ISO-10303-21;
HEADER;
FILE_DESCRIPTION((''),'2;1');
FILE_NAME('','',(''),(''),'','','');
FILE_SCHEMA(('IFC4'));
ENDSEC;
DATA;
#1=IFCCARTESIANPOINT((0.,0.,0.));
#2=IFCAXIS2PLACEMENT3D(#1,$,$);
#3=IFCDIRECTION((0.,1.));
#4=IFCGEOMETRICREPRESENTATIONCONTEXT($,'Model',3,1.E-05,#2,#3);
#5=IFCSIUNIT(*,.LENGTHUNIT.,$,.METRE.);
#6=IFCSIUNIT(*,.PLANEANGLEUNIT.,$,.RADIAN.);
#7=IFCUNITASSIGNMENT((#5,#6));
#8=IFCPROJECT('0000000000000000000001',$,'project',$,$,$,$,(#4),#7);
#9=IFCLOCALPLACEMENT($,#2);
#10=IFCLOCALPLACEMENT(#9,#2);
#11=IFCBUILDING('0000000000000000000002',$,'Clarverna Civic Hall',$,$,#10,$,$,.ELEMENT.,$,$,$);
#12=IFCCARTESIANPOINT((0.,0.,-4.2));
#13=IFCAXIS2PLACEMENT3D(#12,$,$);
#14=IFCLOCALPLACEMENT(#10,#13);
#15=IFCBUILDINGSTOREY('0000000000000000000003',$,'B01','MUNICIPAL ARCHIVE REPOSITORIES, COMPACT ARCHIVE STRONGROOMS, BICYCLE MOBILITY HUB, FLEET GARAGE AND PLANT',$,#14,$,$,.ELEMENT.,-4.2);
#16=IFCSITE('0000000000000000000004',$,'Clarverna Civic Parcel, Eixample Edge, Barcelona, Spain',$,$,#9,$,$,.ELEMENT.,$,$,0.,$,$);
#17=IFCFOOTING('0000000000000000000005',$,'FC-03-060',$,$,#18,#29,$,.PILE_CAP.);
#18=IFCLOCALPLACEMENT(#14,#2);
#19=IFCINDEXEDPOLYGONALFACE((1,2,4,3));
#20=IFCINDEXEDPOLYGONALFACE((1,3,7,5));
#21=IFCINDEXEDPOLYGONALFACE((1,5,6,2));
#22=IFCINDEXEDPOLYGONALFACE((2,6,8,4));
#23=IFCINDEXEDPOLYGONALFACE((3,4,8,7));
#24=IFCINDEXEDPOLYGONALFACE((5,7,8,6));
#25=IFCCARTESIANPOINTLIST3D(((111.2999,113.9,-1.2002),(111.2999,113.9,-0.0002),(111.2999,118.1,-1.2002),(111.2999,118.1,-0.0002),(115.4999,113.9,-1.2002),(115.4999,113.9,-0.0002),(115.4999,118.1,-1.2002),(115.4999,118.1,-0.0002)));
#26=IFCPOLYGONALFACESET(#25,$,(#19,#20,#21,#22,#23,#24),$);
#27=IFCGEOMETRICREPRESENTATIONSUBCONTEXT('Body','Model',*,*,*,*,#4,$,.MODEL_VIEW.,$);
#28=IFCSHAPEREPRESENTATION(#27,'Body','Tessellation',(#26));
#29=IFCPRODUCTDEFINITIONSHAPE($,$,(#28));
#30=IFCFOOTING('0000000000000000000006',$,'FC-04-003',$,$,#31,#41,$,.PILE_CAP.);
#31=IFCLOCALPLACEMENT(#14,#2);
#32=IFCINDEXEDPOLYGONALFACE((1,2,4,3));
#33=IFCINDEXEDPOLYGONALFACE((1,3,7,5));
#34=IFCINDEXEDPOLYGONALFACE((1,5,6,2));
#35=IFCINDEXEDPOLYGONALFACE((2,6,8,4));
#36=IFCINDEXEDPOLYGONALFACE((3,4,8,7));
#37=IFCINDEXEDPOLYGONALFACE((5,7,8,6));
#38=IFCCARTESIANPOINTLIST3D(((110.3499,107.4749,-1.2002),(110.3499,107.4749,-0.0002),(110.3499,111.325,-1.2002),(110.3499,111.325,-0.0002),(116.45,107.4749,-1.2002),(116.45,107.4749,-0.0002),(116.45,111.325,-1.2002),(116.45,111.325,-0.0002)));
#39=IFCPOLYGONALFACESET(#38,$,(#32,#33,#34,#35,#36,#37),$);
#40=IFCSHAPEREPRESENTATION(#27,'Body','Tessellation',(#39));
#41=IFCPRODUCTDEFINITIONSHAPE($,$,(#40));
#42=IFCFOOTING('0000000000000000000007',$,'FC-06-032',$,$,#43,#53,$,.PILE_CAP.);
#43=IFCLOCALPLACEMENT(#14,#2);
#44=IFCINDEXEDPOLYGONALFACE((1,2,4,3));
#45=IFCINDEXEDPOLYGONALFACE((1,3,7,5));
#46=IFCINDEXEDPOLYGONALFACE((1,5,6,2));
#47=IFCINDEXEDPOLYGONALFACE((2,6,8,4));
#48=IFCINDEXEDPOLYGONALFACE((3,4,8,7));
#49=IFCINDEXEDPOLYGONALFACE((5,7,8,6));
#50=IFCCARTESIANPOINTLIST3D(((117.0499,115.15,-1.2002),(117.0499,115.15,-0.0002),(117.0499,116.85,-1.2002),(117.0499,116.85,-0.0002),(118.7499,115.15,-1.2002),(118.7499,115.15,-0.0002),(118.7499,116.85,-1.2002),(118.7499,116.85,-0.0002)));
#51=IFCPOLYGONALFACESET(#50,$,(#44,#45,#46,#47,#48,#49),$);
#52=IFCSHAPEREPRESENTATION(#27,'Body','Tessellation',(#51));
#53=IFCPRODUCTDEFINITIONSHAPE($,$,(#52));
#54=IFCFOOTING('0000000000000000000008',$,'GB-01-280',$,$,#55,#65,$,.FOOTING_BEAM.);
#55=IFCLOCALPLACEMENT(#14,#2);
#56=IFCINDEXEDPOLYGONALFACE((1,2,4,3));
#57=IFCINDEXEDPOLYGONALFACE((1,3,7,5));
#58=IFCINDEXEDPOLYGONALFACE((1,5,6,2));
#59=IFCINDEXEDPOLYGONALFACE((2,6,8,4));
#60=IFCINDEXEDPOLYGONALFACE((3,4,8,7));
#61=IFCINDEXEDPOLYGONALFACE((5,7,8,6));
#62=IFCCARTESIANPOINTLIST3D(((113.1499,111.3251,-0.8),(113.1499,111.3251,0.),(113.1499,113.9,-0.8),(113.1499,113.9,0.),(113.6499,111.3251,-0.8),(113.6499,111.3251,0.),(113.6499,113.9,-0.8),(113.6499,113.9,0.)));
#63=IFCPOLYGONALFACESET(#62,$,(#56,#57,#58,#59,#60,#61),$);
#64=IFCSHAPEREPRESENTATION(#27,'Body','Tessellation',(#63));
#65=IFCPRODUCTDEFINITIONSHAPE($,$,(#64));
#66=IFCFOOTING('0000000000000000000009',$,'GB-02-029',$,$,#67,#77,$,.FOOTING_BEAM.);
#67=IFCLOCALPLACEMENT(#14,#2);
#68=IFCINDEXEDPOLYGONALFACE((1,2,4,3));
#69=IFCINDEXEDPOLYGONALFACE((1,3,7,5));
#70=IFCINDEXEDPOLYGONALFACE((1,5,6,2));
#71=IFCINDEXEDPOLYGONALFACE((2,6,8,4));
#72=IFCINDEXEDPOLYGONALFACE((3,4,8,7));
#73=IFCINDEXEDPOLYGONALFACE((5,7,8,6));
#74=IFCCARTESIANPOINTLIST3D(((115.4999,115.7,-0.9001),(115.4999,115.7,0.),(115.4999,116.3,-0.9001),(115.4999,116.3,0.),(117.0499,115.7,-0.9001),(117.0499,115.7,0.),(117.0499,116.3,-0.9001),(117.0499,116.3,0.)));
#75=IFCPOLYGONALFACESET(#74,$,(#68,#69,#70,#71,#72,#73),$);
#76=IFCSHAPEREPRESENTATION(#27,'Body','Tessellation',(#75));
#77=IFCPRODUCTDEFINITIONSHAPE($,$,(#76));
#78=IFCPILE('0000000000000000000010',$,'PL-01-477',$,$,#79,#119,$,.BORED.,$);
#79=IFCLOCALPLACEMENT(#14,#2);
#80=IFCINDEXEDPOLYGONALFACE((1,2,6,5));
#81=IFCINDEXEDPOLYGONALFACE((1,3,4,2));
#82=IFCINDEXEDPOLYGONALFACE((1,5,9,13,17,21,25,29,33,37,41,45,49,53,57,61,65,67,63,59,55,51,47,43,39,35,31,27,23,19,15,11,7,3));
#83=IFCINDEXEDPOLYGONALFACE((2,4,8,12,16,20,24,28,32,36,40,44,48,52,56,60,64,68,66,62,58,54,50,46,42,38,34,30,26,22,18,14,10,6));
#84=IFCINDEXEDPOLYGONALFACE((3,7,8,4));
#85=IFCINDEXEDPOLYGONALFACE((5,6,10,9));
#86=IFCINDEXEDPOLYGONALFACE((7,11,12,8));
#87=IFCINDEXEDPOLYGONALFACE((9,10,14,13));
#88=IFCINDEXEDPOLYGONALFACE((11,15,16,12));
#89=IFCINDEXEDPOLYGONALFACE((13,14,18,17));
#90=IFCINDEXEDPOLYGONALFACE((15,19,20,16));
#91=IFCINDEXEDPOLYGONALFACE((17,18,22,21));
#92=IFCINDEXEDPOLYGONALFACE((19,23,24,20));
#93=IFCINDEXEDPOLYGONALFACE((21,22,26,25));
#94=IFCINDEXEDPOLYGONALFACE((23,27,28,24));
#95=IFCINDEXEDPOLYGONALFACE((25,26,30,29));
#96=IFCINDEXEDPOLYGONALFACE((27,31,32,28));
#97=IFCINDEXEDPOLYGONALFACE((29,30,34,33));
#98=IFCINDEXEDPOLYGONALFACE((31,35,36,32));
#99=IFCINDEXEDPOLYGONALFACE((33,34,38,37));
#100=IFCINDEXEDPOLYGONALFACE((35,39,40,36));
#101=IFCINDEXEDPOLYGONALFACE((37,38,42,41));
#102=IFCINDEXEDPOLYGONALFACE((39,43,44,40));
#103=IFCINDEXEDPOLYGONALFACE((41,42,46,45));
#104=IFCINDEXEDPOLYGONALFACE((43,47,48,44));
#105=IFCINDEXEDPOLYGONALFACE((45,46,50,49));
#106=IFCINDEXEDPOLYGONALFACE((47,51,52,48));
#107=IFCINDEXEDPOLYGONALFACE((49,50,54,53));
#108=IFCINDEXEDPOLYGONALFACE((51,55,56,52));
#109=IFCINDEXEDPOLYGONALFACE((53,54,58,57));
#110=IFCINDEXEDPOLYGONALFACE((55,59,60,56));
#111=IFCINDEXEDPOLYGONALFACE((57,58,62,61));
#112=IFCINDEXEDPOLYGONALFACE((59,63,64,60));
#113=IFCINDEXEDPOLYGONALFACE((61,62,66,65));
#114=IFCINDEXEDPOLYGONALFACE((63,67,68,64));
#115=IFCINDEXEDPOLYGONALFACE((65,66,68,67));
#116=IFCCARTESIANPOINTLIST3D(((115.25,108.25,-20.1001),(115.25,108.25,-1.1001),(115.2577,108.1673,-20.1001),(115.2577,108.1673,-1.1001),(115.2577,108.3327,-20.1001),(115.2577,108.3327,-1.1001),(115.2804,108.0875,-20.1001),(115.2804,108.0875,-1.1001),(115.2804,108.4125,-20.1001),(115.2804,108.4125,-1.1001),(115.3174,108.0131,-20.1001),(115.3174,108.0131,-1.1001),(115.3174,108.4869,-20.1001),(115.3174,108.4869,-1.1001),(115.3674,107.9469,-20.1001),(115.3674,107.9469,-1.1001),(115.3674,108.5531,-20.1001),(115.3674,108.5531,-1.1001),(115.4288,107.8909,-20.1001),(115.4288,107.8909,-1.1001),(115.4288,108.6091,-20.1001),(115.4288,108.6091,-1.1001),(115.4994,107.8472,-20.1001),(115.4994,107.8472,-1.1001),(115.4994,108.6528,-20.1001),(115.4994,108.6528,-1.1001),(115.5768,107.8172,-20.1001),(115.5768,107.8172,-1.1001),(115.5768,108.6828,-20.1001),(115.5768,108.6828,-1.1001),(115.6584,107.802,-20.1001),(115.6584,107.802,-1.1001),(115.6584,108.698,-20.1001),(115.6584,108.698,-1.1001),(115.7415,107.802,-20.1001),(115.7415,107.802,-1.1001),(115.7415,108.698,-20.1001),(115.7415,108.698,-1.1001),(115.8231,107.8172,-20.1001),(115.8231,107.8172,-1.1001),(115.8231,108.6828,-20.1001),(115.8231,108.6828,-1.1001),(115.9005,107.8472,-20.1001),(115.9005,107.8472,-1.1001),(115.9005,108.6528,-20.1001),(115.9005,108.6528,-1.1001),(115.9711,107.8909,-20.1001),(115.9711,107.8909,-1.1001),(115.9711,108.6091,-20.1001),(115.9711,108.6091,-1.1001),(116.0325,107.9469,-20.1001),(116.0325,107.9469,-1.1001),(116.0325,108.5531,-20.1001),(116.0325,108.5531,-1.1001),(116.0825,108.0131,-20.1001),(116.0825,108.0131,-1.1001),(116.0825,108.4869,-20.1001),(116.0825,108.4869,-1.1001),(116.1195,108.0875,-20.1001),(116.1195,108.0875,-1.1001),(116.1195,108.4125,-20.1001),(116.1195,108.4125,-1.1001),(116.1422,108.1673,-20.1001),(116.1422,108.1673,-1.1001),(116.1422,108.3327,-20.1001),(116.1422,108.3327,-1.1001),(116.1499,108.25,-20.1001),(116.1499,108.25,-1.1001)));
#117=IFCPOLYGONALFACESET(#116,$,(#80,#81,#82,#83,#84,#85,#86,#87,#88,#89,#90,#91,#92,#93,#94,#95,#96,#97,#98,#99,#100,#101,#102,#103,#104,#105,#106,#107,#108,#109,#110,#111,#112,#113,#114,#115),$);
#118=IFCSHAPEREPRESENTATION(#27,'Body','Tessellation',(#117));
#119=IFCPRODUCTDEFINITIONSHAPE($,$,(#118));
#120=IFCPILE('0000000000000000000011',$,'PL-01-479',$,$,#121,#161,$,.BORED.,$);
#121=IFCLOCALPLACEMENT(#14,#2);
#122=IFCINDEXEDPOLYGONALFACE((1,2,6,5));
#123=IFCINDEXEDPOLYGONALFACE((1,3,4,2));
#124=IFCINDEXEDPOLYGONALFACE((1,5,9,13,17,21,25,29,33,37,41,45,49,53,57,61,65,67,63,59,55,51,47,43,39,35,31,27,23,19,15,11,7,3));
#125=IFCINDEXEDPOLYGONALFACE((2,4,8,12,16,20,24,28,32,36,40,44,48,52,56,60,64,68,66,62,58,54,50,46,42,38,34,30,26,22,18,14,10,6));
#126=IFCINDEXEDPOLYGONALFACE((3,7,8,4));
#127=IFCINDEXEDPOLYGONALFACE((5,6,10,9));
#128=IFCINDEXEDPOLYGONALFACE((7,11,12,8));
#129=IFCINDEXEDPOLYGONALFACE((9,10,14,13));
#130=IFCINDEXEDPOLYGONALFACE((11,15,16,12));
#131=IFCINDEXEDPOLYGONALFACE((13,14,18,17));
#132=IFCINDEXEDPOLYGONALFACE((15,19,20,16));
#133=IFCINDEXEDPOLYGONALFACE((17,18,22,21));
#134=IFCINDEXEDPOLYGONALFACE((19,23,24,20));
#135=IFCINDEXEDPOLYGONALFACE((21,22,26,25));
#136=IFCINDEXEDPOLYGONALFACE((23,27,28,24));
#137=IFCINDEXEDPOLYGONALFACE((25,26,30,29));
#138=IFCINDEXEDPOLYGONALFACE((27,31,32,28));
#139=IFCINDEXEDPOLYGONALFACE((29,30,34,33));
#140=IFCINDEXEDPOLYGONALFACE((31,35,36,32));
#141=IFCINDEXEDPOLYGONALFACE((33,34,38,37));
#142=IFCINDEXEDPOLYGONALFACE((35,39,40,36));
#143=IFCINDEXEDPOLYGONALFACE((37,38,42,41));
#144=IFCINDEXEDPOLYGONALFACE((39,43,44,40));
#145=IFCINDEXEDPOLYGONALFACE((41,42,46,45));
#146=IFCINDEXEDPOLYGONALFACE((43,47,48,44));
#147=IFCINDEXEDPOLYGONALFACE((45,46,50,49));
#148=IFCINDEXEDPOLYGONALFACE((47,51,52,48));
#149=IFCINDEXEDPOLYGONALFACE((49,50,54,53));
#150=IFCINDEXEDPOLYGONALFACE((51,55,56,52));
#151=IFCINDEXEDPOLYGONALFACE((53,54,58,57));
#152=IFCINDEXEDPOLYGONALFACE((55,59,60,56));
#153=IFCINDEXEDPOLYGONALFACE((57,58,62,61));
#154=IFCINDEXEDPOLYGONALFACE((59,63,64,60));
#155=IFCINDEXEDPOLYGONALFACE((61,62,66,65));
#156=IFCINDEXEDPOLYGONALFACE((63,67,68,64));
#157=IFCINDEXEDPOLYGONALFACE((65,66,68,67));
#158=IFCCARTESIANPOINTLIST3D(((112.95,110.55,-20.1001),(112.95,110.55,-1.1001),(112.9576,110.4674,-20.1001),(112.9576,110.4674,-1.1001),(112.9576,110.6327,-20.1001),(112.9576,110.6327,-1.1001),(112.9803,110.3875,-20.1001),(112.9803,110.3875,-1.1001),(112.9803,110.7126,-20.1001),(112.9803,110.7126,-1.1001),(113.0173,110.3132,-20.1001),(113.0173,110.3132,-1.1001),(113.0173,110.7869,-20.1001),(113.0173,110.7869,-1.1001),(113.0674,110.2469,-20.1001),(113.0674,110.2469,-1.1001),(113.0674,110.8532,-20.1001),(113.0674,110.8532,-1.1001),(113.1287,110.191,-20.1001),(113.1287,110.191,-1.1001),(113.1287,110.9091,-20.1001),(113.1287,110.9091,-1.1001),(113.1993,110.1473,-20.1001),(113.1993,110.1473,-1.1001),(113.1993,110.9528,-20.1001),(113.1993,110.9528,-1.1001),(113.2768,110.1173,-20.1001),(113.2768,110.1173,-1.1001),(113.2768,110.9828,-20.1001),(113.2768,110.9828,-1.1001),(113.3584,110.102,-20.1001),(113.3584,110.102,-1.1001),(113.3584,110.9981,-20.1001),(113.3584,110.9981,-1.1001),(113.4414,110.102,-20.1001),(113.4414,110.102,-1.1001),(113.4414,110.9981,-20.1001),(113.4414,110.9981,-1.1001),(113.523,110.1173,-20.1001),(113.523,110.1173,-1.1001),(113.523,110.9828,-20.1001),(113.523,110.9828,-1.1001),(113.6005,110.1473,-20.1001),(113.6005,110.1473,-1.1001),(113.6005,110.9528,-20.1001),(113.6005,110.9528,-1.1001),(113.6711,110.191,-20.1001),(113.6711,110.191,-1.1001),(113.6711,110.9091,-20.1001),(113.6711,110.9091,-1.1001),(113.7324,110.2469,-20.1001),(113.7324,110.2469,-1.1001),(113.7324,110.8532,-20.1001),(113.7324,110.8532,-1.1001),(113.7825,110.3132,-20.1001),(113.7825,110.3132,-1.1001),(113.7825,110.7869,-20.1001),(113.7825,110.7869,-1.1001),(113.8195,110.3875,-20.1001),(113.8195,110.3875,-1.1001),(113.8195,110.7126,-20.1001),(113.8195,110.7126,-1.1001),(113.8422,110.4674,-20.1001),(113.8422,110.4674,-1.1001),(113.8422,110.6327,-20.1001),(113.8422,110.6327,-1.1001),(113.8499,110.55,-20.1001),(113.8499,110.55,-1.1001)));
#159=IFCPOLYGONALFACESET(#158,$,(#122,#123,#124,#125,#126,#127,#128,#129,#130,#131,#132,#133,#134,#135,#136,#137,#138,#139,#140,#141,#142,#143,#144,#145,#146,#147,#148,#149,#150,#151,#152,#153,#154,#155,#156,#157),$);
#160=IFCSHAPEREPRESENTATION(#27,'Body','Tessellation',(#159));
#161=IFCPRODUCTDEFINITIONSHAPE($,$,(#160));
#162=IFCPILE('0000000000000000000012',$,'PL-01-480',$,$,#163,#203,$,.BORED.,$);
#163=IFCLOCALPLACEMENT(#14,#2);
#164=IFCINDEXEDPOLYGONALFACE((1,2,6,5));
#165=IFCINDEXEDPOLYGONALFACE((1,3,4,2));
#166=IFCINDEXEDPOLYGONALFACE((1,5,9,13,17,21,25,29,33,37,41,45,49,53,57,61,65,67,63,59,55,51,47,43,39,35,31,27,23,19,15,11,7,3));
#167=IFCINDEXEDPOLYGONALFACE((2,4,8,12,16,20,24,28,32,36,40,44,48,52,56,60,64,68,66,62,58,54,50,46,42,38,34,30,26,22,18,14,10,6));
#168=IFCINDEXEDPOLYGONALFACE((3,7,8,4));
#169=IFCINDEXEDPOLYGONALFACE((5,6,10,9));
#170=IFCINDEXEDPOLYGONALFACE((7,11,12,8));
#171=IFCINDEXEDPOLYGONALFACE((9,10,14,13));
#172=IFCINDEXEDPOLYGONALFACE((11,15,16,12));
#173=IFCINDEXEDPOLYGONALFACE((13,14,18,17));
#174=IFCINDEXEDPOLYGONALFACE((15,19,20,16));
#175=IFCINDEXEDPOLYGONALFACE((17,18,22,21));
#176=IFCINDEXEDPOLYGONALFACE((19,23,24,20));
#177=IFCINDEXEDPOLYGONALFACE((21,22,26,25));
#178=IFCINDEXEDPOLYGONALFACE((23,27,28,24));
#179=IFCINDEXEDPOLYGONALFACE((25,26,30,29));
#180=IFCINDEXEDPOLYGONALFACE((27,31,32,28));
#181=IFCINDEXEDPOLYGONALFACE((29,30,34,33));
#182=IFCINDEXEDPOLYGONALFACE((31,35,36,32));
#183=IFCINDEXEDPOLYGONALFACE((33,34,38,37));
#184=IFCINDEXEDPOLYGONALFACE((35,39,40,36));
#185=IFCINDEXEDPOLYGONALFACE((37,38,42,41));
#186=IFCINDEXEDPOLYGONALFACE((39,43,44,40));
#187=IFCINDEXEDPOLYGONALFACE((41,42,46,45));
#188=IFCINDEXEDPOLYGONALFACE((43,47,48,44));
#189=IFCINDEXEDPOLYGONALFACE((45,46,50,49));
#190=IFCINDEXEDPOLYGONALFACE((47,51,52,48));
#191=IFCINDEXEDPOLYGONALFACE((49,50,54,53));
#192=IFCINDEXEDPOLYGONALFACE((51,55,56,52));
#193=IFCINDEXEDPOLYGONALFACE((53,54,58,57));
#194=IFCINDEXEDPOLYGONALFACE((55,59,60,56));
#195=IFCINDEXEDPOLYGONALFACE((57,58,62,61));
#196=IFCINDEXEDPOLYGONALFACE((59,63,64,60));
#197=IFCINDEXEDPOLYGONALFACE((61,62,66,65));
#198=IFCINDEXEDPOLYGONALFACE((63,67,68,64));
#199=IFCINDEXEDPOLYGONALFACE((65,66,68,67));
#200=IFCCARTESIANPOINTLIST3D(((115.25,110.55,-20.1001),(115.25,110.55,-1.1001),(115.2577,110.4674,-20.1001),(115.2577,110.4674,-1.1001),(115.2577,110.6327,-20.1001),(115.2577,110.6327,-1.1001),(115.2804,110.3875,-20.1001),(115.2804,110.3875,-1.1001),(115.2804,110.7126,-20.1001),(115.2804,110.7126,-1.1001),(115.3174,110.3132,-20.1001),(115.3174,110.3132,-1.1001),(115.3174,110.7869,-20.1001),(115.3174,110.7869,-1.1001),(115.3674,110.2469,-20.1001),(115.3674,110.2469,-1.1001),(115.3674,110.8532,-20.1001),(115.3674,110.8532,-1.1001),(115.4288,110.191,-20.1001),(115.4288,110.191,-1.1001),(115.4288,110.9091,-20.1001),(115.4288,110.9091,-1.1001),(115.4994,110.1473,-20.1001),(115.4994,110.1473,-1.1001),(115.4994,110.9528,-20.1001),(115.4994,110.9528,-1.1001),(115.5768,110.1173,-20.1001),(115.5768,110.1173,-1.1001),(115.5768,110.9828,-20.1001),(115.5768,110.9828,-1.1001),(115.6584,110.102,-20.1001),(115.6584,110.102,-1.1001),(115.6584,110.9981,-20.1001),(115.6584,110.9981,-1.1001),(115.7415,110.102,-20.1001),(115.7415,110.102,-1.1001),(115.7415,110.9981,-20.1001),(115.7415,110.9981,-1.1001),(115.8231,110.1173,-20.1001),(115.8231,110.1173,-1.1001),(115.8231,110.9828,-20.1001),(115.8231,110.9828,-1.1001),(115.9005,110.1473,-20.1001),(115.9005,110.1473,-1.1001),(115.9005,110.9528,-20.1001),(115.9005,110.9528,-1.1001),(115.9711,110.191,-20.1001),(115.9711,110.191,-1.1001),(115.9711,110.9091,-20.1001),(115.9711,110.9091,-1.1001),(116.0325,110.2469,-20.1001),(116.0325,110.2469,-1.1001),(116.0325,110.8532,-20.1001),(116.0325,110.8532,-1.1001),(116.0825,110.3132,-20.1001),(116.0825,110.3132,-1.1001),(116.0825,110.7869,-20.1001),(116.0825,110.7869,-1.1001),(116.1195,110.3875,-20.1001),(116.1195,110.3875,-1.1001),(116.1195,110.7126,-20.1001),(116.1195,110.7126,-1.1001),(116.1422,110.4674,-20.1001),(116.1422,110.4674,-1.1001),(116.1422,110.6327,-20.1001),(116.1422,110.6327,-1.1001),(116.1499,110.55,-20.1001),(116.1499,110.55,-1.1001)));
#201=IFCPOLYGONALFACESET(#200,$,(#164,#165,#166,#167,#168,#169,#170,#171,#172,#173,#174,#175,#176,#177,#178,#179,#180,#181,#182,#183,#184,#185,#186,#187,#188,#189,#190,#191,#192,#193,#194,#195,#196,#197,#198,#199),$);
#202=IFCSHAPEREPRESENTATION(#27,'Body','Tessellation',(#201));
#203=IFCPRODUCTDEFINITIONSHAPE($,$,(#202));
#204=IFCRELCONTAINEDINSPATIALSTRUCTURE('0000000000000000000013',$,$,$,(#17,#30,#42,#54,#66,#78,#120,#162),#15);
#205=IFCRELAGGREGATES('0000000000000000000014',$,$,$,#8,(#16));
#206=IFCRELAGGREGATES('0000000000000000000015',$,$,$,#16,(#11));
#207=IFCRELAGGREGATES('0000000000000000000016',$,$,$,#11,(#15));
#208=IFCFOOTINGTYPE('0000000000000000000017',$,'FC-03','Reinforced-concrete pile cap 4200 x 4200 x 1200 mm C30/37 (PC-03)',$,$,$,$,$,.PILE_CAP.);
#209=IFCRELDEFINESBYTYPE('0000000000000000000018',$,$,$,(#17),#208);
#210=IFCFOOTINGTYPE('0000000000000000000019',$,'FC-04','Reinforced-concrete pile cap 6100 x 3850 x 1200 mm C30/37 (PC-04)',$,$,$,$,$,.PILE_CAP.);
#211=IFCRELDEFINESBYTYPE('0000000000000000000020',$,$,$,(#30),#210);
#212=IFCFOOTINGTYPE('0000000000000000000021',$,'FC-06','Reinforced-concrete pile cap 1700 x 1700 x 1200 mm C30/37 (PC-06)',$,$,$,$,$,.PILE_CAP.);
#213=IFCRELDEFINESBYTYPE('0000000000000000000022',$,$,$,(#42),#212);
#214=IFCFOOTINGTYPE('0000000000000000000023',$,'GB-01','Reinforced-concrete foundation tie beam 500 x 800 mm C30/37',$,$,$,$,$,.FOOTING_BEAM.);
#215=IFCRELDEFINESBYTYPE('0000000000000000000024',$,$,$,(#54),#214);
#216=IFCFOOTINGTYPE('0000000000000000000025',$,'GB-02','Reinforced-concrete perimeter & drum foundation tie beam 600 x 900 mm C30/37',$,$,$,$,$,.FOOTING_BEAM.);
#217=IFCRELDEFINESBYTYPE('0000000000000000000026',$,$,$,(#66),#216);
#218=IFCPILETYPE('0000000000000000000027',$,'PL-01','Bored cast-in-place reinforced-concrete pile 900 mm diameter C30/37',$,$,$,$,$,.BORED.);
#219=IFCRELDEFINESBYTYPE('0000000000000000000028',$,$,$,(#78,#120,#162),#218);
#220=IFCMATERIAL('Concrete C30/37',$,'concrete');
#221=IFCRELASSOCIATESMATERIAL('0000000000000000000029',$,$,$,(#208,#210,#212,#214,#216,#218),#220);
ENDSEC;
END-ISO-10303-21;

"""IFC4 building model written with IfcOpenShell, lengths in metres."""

from ifc_helpers import new_model, si_unit, direction, frame, frame_2d, origin, origin_2d, place, context, subcontext, project, spatial, rectangle, circle, extrude, material, material_profile, profile_set, type_object, element, save


model = new_model("IFC4")

# Units and contexts
model_context = context("Model", 3, precision=1e-05, world=origin(), true_north=direction((0.0, 1.0)))
body_context = subcontext(model_context, "Body", "Model", "MODEL_VIEW")
ifc_project = project(units=[si_unit("LENGTHUNIT", "METRE"), si_unit("PLANEANGLEUNIT", "RADIAN")], contexts=[model_context])

# Site, building, storey
site_placement = place(None, origin())
site = spatial("IfcSite", under=ifc_project, at=site_placement, Name="Clarverna Civic Parcel, Eixample Edge, Barcelona, Spain", CompositionType="ELEMENT", RefElevation=0.0)
building_placement = place(site_placement, origin())
building = spatial("IfcBuilding", under=site, at=building_placement, Name="Clarverna Civic Hall", CompositionType="ELEMENT")
storey_placement = place(building_placement, frame((0.0, 0.0, -4.2)))
storey = spatial("IfcBuildingStorey", under=building, at=storey_placement, Name="B01", Description="MUNICIPAL ARCHIVE REPOSITORIES, COMPACT ARCHIVE STRONGROOMS, BICYCLE MOBILITY HUB, FLEET GARAGE AND PLANT", CompositionType="ELEMENT", Elevation=-4.2)

# Footings
ifc_material_1 = material(Name="Concrete C30/37", Category="concrete")
footing_type_1 = type_object("IfcFootingType", Name="FC-03", Description="Reinforced-concrete pile cap 4200 x 4200 x 1200 mm C30/37 (PC-03)", PredefinedType="PILE_CAP", material=ifc_material_1)
footing_1_placement = place(storey_placement, frame((113.3999, 116.0, -1.2002), z_axis=(0.0, 0.0, 1.0), x_axis=(1.0, 0.0, 0.0)))
element("IfcFooting", 1, at=footing_1_placement, inside=storey, type_object=footing_type_1, Name="FC-03-060", PredefinedType="PILE_CAP", context=body_context, shape_type="SweptSolid", body=[
    extrude(rectangle(XDim=4.2, YDim=4.2, at=origin_2d()), origin(), (0.0, 0.0, 1.0), 1.2),
])
footing_type_2 = type_object("IfcFootingType", Name="FC-04", Description="Reinforced-concrete pile cap 6100 x 3850 x 1200 mm C30/37 (PC-04)", PredefinedType="PILE_CAP", material=ifc_material_1)
footing_2_placement = place(storey_placement, frame((113.3999, 109.3999, -1.2002), z_axis=(0.0, 0.0, 1.0), x_axis=(1.0, 0.0, 0.0)))
element("IfcFooting", 2, at=footing_2_placement, inside=storey, type_object=footing_type_2, Name="FC-04-003", PredefinedType="PILE_CAP", context=body_context, shape_type="SweptSolid", body=[
    extrude(rectangle(XDim=6.1001, YDim=3.8501, at=origin_2d()), origin(), (0.0, 0.0, 1.0), 1.2),
])
footing_type_3 = type_object("IfcFootingType", Name="FC-06", Description="Reinforced-concrete pile cap 1700 x 1700 x 1200 mm C30/37 (PC-06)", PredefinedType="PILE_CAP", material=ifc_material_1)
footing_3_placement = place(storey_placement, frame((117.8999, 116.0, -1.2002), z_axis=(0.0, 0.0, 1.0), x_axis=(1.0, 0.0, 0.0)))
element("IfcFooting", 3, at=footing_3_placement, inside=storey, type_object=footing_type_3, Name="FC-06-032", PredefinedType="PILE_CAP", context=body_context, shape_type="SweptSolid", body=[
    extrude(rectangle(XDim=1.7, YDim=1.7, at=origin_2d()), origin(), (0.0, 0.0, 1.0), 1.2),
])
footing_type_4 = type_object("IfcFootingType", Name="GB-01", Description="Reinforced-concrete foundation tie beam 500 x 800 mm C30/37", PredefinedType="FOOTING_BEAM", material=ifc_material_1)
footing_4_placement = place(storey_placement, frame((113.3999, 111.325, -0.8), z_axis=(0.0, 0.0, 1.0), x_axis=(0.0, 1.0, 0.0)))
element("IfcFooting", 4, at=footing_4_placement, inside=storey, type_object=footing_type_4, Name="GB-01-280", PredefinedType="FOOTING_BEAM", context=body_context, shape_type="SweptSolid", body=[
    extrude(rectangle(XDim=2.575, YDim=0.5, at=frame_2d((1.2876, 0.0))), origin(), (0.0, 0.0, 1.0), 0.8),
])
footing_type_5 = type_object("IfcFootingType", Name="GB-02", Description="Reinforced-concrete perimeter & drum foundation tie beam 600 x 900 mm C30/37", PredefinedType="FOOTING_BEAM", material=ifc_material_1)
footing_5_placement = place(storey_placement, frame((115.5, 116.0, -0.9001), z_axis=(0.0, 0.0, 1.0), x_axis=(1.0, 0.0, 0.0)))
element("IfcFooting", 5, at=footing_5_placement, inside=storey, type_object=footing_type_5, Name="GB-02-029", PredefinedType="FOOTING_BEAM", context=body_context, shape_type="SweptSolid", body=[
    extrude(rectangle(XDim=1.55, YDim=0.6001, at=frame_2d((0.7749, 0.0))), origin(), (0.0, 0.0, 1.0), 0.9001),
])

# Piles
ifc_material_profile_1 = material_profile(ifc_material_1, circle(Radius=0.45, at=origin_2d()), Name="BORED PILE D900")
ifc_profile_set_1 = profile_set([ifc_material_profile_1], Name="Concrete C30/37")
pile_type_1 = type_object("IfcPileType", Name="PL-01", Description="Bored cast-in-place reinforced-concrete pile 900 mm diameter C30/37", PredefinedType="BORED", material=ifc_profile_set_1)
for number, where, z_axis, x_axis, name in (
    (6, (115.7, 108.25, -1.1001), (0.0, 0.0, -1.0), (1.0, 0.0, 0.0), "PL-01-477"),
    (7, (113.3999, 110.55, -1.1001), (0.0, 0.0, -1.0), (1.0, 0.0, 0.0), "PL-01-479"),
    (8, (115.7, 110.55, -1.1001), (0.0, 0.0, -1.0), (1.0, 0.0, 0.0), "PL-01-480"),
):
    element("IfcPile", number, at=place(storey_placement, frame(where, z_axis=z_axis, x_axis=x_axis)), inside=storey, type_object=pile_type_1, Name=name, PredefinedType="BORED", context=body_context, shape_type="SweptSolid", body=[
        extrude(circle(Radius=0.45, at=origin_2d()), origin(), (0.0, 0.0, 1.0), 19.0),
    ])

save(model, "model.ifc")
